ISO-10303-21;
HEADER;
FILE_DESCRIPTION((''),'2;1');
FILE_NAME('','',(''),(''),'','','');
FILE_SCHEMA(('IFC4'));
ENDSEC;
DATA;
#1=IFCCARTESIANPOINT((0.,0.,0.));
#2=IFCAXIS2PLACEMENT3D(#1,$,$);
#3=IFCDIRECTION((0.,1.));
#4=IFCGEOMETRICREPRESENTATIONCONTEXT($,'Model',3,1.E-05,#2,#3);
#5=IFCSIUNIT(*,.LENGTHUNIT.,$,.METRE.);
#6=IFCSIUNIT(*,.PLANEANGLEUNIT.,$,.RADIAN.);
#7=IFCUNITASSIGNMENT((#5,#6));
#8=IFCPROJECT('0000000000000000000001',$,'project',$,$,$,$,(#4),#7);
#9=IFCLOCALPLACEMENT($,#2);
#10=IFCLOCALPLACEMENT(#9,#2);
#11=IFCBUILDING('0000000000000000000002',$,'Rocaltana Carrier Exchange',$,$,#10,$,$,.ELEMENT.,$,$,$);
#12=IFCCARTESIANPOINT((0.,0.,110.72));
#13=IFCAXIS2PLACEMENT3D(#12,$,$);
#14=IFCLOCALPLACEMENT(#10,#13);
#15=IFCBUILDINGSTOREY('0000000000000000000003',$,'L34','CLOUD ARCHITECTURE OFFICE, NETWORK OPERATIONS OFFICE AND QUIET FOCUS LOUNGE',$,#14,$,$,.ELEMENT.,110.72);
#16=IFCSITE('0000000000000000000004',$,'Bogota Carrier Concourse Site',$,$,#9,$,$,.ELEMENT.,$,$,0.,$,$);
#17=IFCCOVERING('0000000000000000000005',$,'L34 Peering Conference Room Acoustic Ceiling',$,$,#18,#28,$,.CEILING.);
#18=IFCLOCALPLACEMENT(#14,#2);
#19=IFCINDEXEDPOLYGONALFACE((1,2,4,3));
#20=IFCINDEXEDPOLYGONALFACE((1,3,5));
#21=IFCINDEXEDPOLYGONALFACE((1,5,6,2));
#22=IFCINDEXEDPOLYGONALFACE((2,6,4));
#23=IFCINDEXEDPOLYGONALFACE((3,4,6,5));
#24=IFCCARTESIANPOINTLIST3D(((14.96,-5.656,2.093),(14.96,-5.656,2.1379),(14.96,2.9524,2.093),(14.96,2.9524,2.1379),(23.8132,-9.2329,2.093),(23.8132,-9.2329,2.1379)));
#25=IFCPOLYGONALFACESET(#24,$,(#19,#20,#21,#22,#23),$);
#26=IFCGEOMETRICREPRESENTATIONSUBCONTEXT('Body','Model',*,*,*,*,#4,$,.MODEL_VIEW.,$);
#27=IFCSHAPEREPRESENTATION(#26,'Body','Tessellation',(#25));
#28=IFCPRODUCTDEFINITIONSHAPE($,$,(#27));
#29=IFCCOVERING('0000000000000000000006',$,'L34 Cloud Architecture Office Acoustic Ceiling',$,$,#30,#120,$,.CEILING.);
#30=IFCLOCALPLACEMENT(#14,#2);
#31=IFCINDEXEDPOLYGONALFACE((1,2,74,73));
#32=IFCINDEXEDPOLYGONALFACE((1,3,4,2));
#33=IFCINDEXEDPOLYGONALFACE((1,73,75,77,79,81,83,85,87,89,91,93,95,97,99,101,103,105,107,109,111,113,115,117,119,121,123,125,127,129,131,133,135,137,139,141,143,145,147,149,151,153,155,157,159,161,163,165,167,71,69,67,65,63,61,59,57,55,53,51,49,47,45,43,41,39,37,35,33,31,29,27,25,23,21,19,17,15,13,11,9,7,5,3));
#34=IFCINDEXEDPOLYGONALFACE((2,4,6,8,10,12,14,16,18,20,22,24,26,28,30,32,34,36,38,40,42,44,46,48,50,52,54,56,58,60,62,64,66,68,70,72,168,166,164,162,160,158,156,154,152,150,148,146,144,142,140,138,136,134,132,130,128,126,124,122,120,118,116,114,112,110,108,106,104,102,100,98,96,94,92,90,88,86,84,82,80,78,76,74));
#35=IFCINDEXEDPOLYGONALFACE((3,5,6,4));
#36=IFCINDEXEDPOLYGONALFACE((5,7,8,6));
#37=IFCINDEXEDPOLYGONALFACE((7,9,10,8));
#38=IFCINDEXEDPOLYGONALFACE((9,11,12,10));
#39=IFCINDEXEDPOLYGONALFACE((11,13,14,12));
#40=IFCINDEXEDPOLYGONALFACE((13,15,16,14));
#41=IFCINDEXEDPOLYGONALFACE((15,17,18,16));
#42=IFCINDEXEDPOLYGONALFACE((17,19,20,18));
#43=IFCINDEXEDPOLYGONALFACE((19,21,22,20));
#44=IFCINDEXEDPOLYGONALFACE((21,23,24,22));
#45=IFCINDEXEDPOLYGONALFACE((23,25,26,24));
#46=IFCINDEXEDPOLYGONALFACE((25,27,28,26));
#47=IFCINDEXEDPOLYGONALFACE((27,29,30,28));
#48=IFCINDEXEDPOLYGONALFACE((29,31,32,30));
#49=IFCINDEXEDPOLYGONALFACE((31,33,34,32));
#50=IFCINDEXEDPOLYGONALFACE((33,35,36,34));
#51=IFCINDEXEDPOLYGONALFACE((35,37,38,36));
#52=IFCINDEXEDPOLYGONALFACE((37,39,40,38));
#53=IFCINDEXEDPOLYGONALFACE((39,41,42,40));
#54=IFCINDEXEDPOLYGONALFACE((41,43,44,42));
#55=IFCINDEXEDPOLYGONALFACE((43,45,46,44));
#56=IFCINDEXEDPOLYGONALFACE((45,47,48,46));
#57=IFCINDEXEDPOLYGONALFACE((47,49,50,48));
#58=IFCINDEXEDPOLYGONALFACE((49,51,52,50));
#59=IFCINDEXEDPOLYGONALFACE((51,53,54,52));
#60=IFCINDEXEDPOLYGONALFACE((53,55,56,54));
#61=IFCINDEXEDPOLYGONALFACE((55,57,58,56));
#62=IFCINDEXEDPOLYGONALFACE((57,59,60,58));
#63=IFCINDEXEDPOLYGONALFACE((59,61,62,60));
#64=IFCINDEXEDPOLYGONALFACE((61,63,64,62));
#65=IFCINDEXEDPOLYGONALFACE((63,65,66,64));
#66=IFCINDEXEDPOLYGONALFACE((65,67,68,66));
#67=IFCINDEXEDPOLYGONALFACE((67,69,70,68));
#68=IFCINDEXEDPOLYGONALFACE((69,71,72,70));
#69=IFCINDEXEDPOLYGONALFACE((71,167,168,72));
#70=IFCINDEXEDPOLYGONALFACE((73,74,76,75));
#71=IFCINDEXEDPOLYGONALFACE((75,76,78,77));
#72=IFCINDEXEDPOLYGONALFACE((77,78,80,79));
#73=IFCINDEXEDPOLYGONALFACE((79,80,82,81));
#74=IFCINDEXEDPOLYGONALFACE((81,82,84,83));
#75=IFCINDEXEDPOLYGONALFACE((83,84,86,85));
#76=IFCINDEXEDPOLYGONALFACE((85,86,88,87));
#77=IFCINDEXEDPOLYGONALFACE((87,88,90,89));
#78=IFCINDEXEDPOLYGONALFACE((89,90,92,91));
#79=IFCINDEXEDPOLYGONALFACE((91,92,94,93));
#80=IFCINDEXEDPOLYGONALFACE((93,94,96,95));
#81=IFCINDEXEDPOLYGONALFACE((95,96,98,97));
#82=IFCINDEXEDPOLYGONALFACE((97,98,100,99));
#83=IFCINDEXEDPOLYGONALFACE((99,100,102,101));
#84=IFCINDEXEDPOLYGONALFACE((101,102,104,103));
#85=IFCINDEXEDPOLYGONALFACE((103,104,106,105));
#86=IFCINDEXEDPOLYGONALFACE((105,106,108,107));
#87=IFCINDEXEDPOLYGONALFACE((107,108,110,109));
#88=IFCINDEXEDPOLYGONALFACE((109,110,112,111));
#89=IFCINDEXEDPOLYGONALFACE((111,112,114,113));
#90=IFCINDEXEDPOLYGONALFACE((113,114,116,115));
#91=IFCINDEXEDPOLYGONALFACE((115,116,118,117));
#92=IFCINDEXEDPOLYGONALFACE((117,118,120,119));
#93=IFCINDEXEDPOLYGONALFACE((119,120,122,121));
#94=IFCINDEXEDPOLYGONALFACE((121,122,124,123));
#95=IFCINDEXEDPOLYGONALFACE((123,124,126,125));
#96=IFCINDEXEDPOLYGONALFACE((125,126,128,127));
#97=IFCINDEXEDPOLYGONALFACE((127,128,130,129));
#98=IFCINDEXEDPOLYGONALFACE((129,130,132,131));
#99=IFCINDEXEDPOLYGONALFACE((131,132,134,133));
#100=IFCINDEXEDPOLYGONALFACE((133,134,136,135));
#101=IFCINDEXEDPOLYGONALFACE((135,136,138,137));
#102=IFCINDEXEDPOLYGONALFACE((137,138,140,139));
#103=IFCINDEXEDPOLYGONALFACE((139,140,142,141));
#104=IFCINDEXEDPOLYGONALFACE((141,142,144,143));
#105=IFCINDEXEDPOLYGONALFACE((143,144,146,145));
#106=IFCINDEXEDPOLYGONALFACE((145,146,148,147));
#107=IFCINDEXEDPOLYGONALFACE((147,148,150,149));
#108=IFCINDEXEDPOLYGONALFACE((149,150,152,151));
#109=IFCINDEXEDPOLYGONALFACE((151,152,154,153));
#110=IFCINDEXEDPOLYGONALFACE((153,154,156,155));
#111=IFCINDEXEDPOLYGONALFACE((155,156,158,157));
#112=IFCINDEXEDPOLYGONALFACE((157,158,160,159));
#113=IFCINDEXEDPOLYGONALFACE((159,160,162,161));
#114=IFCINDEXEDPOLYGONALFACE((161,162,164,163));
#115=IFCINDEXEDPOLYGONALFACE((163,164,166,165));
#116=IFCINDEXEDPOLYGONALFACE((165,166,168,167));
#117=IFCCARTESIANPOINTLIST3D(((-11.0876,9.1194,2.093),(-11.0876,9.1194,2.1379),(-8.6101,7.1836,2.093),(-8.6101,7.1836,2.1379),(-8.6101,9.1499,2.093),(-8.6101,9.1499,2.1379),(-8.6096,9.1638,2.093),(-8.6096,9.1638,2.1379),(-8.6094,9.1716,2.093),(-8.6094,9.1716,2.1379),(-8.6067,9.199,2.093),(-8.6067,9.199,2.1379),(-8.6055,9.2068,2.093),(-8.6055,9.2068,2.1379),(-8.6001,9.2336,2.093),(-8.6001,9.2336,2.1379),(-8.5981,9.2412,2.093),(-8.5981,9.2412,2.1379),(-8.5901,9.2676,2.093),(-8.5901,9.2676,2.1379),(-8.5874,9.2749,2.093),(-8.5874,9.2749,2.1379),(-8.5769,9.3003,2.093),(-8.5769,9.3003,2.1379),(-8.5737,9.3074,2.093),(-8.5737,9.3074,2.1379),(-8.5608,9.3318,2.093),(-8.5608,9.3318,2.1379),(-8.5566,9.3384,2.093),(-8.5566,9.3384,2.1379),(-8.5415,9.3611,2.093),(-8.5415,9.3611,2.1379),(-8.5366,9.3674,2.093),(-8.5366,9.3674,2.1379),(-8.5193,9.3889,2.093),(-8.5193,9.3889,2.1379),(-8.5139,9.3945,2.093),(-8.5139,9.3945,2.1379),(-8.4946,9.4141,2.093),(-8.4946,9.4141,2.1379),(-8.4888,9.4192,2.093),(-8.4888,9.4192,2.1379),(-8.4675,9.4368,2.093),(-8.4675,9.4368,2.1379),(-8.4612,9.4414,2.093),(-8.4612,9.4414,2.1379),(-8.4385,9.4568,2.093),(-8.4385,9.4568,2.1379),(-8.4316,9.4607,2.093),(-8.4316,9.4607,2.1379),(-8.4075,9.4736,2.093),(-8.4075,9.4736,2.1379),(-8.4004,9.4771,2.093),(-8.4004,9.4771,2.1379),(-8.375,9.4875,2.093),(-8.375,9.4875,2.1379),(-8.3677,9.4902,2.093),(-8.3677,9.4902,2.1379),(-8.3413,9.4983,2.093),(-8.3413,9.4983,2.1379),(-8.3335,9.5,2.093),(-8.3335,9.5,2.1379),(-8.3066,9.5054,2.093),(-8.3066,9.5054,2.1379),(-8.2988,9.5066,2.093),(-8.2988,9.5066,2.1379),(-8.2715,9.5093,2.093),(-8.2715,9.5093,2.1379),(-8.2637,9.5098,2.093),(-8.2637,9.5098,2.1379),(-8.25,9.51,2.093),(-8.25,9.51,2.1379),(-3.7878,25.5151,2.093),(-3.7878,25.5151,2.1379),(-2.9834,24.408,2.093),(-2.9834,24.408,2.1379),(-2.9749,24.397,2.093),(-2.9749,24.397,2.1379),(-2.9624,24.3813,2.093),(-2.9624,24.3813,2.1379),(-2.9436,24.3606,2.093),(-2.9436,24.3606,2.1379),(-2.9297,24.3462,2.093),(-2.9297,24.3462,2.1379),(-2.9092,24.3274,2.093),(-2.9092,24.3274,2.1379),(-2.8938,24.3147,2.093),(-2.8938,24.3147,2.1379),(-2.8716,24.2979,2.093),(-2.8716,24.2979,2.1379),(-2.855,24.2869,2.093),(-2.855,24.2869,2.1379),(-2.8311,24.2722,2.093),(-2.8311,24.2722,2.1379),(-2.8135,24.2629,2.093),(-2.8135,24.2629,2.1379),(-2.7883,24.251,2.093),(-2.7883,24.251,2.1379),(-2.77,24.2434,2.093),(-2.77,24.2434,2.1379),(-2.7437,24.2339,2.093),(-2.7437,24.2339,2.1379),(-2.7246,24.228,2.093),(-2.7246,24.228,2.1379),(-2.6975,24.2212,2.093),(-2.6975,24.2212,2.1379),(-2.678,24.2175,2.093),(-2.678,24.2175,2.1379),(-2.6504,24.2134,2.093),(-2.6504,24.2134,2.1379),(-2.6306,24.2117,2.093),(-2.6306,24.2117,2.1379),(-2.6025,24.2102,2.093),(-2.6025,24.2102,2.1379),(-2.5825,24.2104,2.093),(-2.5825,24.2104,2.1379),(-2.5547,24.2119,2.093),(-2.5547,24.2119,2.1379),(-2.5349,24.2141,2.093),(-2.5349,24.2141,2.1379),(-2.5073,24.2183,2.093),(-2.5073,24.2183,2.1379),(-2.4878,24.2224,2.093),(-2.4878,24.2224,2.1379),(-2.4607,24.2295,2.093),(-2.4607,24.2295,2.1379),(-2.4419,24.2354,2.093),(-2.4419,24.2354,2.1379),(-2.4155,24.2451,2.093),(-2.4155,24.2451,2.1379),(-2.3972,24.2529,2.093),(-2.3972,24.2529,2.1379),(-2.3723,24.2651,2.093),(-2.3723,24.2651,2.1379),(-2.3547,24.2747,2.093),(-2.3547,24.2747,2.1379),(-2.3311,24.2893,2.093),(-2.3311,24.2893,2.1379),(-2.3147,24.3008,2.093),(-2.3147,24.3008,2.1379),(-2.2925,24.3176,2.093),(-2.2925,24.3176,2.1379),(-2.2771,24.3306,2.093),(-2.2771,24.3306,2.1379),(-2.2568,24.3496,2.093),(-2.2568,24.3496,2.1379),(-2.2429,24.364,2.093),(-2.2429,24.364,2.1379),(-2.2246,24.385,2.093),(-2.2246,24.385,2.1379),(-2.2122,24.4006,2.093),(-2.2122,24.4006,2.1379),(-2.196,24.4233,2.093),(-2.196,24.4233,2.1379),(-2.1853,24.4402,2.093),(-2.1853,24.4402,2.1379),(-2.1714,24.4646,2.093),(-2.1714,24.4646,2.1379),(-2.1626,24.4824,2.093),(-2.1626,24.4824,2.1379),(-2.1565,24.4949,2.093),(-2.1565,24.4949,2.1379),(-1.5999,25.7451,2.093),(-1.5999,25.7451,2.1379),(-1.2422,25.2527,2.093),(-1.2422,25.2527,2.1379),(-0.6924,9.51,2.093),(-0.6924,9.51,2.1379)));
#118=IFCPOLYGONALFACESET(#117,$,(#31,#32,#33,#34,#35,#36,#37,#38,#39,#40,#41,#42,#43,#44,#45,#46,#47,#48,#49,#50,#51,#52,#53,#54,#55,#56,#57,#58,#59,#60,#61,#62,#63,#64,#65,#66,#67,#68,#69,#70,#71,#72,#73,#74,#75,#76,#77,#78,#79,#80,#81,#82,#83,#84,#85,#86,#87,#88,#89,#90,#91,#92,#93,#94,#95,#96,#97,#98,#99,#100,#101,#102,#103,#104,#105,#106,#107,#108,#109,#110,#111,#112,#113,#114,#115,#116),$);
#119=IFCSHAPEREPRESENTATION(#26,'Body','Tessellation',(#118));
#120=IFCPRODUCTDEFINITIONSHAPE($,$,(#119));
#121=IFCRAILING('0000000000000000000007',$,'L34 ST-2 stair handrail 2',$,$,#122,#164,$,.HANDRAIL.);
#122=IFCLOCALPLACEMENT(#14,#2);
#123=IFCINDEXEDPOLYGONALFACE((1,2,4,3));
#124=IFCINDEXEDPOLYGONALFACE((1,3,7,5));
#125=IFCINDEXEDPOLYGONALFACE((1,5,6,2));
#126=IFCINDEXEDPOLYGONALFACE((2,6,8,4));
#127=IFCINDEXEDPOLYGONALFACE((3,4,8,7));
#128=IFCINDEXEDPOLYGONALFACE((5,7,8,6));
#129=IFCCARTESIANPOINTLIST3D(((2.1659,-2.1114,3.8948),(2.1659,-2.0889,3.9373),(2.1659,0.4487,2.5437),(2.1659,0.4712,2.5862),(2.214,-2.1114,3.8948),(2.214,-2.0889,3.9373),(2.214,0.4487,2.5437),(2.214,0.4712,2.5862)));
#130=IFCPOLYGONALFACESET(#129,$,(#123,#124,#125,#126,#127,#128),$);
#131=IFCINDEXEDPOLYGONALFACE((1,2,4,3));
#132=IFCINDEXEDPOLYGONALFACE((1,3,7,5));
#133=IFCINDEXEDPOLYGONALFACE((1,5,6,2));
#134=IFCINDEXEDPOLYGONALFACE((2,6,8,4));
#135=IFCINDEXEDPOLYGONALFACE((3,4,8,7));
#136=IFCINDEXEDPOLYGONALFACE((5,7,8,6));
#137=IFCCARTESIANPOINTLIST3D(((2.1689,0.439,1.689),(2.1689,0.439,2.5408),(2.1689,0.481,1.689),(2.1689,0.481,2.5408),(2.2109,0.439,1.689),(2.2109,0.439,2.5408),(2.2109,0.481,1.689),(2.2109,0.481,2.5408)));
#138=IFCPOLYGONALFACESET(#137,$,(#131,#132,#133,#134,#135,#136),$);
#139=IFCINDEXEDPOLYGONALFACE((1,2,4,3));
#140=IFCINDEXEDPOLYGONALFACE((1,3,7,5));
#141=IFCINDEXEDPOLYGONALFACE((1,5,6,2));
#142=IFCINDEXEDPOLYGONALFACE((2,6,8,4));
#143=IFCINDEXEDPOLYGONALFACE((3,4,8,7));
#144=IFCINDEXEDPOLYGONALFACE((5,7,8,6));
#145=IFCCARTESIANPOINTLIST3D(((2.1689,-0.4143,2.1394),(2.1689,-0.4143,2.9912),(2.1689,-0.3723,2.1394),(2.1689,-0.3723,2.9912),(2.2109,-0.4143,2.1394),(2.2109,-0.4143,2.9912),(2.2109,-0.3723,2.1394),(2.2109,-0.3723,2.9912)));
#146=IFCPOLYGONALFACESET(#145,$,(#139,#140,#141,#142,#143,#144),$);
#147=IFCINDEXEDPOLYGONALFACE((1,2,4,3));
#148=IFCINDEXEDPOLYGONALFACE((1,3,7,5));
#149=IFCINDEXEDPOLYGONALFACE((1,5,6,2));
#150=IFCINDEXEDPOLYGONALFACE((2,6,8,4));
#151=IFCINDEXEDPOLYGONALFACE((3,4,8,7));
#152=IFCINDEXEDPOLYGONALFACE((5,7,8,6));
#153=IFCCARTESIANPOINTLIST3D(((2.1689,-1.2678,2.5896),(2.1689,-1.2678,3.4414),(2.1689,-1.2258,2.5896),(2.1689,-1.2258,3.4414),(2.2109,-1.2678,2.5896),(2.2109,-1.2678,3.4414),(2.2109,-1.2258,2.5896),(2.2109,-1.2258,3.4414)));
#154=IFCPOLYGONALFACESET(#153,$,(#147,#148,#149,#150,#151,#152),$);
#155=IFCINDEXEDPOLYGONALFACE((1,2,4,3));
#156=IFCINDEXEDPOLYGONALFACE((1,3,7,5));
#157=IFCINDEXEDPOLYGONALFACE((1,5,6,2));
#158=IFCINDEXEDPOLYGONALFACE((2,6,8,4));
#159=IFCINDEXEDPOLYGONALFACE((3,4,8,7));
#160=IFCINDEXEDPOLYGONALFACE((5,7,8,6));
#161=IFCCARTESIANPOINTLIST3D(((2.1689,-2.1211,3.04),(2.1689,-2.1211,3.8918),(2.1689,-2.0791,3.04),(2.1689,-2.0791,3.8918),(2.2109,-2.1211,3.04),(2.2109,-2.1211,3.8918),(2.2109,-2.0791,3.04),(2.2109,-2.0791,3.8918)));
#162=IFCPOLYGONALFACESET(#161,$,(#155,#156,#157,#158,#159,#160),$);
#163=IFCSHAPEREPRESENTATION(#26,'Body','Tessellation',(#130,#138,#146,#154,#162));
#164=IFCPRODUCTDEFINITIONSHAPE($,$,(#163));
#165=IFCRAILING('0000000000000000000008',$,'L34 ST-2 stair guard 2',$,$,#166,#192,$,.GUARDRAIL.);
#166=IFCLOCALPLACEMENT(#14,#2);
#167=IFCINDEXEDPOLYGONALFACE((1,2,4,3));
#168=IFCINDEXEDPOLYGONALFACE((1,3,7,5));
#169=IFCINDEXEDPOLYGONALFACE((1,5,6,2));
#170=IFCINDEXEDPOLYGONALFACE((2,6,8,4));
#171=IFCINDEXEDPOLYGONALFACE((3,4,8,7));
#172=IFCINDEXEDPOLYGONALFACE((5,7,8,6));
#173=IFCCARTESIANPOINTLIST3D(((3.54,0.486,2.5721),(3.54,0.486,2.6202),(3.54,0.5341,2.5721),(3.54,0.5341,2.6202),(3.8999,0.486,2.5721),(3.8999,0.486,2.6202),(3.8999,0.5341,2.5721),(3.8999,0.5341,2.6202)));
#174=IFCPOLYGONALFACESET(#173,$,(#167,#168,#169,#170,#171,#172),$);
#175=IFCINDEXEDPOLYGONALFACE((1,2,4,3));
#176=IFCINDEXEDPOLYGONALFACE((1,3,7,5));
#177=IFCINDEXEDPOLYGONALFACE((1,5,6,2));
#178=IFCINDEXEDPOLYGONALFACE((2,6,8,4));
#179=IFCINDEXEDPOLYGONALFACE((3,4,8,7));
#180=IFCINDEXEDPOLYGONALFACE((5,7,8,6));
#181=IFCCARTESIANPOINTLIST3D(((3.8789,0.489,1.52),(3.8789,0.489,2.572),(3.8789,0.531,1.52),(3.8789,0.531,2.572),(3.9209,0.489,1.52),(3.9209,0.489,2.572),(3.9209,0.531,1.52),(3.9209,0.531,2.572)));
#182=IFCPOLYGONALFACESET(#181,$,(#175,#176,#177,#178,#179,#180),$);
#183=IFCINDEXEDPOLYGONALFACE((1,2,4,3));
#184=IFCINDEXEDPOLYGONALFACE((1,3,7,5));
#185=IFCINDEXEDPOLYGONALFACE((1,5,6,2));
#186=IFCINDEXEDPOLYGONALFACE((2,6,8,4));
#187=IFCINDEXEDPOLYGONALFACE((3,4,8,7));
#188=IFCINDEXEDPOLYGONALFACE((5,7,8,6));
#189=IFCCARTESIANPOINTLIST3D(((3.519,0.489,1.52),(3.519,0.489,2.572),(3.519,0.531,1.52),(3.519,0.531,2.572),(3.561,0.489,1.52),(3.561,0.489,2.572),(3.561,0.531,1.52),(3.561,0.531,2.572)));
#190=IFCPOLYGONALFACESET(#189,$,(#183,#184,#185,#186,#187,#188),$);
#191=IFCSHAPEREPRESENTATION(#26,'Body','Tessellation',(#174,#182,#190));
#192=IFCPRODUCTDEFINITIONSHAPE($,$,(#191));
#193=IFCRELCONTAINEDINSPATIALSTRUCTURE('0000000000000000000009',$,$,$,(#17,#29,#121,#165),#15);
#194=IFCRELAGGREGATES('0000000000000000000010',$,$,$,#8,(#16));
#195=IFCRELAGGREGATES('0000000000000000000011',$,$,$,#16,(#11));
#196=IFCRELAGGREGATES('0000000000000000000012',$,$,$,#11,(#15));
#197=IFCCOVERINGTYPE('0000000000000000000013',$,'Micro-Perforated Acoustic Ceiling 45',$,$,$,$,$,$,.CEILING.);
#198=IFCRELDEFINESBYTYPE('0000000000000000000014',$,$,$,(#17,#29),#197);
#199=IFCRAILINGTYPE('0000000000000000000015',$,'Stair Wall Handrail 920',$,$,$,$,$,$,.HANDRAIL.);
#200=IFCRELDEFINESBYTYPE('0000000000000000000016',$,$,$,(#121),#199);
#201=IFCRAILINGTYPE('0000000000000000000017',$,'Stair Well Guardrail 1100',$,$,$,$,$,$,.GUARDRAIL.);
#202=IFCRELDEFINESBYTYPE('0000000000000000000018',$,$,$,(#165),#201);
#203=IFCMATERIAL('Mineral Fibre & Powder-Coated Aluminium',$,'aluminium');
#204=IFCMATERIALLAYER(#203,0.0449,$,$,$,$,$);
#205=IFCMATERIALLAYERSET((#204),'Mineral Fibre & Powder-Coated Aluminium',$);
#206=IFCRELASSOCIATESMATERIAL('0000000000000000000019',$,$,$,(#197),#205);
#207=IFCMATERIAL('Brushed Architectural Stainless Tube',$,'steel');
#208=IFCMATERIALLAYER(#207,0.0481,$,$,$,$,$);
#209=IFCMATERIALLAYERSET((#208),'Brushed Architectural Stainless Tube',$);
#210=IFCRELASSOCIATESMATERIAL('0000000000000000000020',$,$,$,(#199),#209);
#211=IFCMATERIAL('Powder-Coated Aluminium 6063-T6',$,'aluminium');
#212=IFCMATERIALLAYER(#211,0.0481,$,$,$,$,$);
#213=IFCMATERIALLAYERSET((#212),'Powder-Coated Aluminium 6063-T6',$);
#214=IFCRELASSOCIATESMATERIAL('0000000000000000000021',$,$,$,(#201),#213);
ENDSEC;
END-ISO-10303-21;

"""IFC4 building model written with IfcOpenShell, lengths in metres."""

from ifc_helpers import new_model, si_unit, direction, frame, origin, origin_2d, place, context, subcontext, project, spatial, polyline, rectangle, outline, extrude, material, layer, layer_set, type_object, element, save


model = new_model("IFC4")

# Units and contexts
model_context = context("Model", 3, precision=1e-05, world=origin(), true_north=direction((0.0, 1.0)))
body_context = subcontext(model_context, "Body", "Model", "MODEL_VIEW")
ifc_project = project(units=[si_unit("LENGTHUNIT", "METRE"), si_unit("PLANEANGLEUNIT", "RADIAN")], contexts=[model_context])

# Site, building, storey
site_placement = place(None, origin())
site = spatial("IfcSite", under=ifc_project, at=site_placement, Name="Bogota Carrier Concourse Site", CompositionType="ELEMENT", RefElevation=0.0)
building_placement = place(site_placement, origin())
building = spatial("IfcBuilding", under=site, at=building_placement, Name="Rocaltana Carrier Exchange", CompositionType="ELEMENT")
storey_placement = place(building_placement, frame((0.0, 0.0, 110.72)))
storey = spatial("IfcBuildingStorey", under=building, at=storey_placement, Name="L34", Description="CLOUD ARCHITECTURE OFFICE, NETWORK OPERATIONS OFFICE AND QUIET FOCUS LOUNGE", CompositionType="ELEMENT", Elevation=110.72)

# Coverings
ifc_material_1 = material(Name="Mineral Fibre & Powder-Coated Aluminium", Category="aluminium")
ifc_layer_1 = layer(ifc_material_1, 0.0449)
ifc_layer_set_1 = layer_set([ifc_layer_1], Name="Mineral Fibre & Powder-Coated Aluminium")
covering_type_1 = type_object("IfcCoveringType", Name="Micro-Perforated Acoustic Ceiling 45", PredefinedType="CEILING", material=ifc_layer_set_1)
covering_1_placement = place(storey_placement, frame((0.0, 0.0, 2.093)))
element("IfcCovering", 1, at=covering_1_placement, inside=storey, type_object=covering_type_1, Name="L34 Peering Conference Room Acoustic Ceiling", PredefinedType="CEILING", context=body_context, shape_type="SweptSolid", body=[
    extrude(outline(polyline([(14.96, 2.9524), (23.8132, -9.2329), (14.96, -5.656), (14.96, 2.9524)])), origin(), (0.0, 0.0, 1.0), 0.0449),
])
covering_2_placement = place(storey_placement, frame((0.0, 0.0, 2.093)))
element("IfcCovering", 2, at=covering_2_placement, inside=storey, type_object=covering_type_1, Name="L34 Cloud Architecture Office Acoustic Ceiling", PredefinedType="CEILING", context=body_context, shape_type="SweptSolid", body=[
    extrude(outline(polyline([(-3.7878, 25.5151), (-2.9834, 24.408), (-2.9749, 24.397), (-2.9624, 24.3813), (-2.9436, 24.3606), (-2.9297, 24.3462), (-2.9092, 24.3274), (-2.8938, 24.3147), (-2.8716, 24.2979), (-2.855, 24.2869), (-2.8311, 24.2722), (-2.8135, 24.2629), (-2.7883, 24.251), (-2.77, 24.2434), (-2.7437, 24.2339), (-2.7246, 24.228), (-2.6975, 24.2212), (-2.678, 24.2175), (-2.6504, 24.2134), (-2.6306, 24.2117), (-2.6025, 24.2102), (-2.5825, 24.2104), (-2.5547, 24.2119), (-2.5349, 24.2141), (-2.5073, 24.2183), (-2.4878, 24.2224), (-2.4607, 24.2295), (-2.4419, 24.2354), (-2.4155, 24.2451), (-2.3972, 24.2529), (-2.3723, 24.2651), (-2.3547, 24.2747), (-2.3311, 24.2893), (-2.3147, 24.3008), (-2.2925, 24.3176), (-2.2771, 24.3306), (-2.2568, 24.3496), (-2.2429, 24.364), (-2.2246, 24.385), (-2.2122, 24.4006), (-2.196, 24.4233), (-2.1853, 24.4402), (-2.1714, 24.4646), (-2.1626, 24.4824), (-2.1565, 24.4949), (-1.5999, 25.7451), (-1.2422, 25.2527), (-0.6924, 9.51), (-8.25, 9.51), (-8.2637, 9.5098), (-8.2715, 9.5093), (-8.2988, 9.5066), (-8.3066, 9.5054), (-8.3335, 9.5), (-8.3413, 9.4983), (-8.3677, 9.4902), (-8.375, 9.4875), (-8.4004, 9.4771), (-8.4075, 9.4736), (-8.4316, 9.4607), (-8.4385, 9.4568), (-8.4612, 9.4414), (-8.4675, 9.4368), (-8.4888, 9.4192), (-8.4946, 9.4141), (-8.5139, 9.3945), (-8.5193, 9.3889), (-8.5366, 9.3674), (-8.5415, 9.3611), (-8.5566, 9.3384), (-8.5608, 9.3318), (-8.5737, 9.3074), (-8.5769, 9.3003), (-8.5874, 9.2749), (-8.5901, 9.2676), (-8.5981, 9.2412), (-8.6001, 9.2336), (-8.6055, 9.2068), (-8.6067, 9.199), (-8.6094, 9.1716), (-8.6096, 9.1638), (-8.6101, 9.1499), (-8.6101, 7.1836), (-11.0876, 9.1194), (-3.7878, 25.5151)])), origin(), (0.0, 0.0, 1.0), 0.0449),
])

# Railings
ifc_material_2 = material(Name="Brushed Architectural Stainless Tube", Category="steel")
ifc_layer_2 = layer(ifc_material_2, 0.0481)
ifc_layer_set_2 = layer_set([ifc_layer_2], Name="Brushed Architectural Stainless Tube")
railing_type_1 = type_object("IfcRailingType", Name="Stair Wall Handrail 920", PredefinedType="HANDRAIL", material=ifc_layer_set_2)
railing_1_placement = place(storey_placement, frame((2.1899, 0.46, 1.689)))
element("IfcRailing", 3, at=railing_1_placement, inside=storey, type_object=railing_type_1, Name="L34 ST-2 stair handrail 2", PredefinedType="HANDRAIL", context=body_context, shape_type="SweptSolid", body=[
    extrude(rectangle(XDim=0.0481, YDim=0.0481, at=origin_2d()), frame((0.0, 0.0, 0.876), z_axis=(0.0, -0.884394, 0.46674), x_axis=(1.0, 0.0, 0.0)), (0.0, 0.0, 1.0), 2.8948),
    extrude(rectangle(XDim=0.042, YDim=0.042, at=origin_2d()), origin(), (0.0, 0.0, 1.0), 0.8518),
    extrude(rectangle(XDim=0.042, YDim=0.042, at=origin_2d()), frame((0.0, -0.8533, 0.4504)), (0.0, 0.0, 1.0), 0.8518),
    extrude(rectangle(XDim=0.042, YDim=0.042, at=origin_2d()), frame((0.0, -1.7068, 0.9006)), (0.0, 0.0, 1.0), 0.8518),
    extrude(rectangle(XDim=0.042, YDim=0.042, at=origin_2d()), frame((0.0, -2.5601, 1.3511)), (0.0, 0.0, 1.0), 0.8518),
])
ifc_material_3 = material(Name="Powder-Coated Aluminium 6063-T6", Category="aluminium")
ifc_layer_3 = layer(ifc_material_3, 0.0481)
ifc_layer_set_3 = layer_set([ifc_layer_3], Name="Powder-Coated Aluminium 6063-T6")
railing_type_2 = type_object("IfcRailingType", Name="Stair Well Guardrail 1100", PredefinedType="GUARDRAIL", material=ifc_layer_set_3)
railing_2_placement = place(storey_placement, frame((3.8999, 0.51, 1.52)))
element("IfcRailing", 4, at=railing_2_placement, inside=storey, type_object=railing_type_2, Name="L34 ST-2 stair guard 2", PredefinedType="GUARDRAIL", context=body_context, shape_type="SweptSolid", body=[
    extrude(rectangle(XDim=0.0481, YDim=0.0481, at=origin_2d()), frame((0.0, 0.0, 1.0762), z_axis=(-1.0, 0.0, 0.0), x_axis=(0.0, -1.0, 0.0)), (0.0, 0.0, 1.0), 0.3599),
    extrude(rectangle(XDim=0.042, YDim=0.042, at=origin_2d()), origin(), (0.0, 0.0, 1.0), 1.052),
    extrude(rectangle(XDim=0.042, YDim=0.042, at=origin_2d()), frame((-0.3599, 0.0, 0.0)), (0.0, 0.0, 1.0), 1.052),
])

save(model, "model.ifc")
